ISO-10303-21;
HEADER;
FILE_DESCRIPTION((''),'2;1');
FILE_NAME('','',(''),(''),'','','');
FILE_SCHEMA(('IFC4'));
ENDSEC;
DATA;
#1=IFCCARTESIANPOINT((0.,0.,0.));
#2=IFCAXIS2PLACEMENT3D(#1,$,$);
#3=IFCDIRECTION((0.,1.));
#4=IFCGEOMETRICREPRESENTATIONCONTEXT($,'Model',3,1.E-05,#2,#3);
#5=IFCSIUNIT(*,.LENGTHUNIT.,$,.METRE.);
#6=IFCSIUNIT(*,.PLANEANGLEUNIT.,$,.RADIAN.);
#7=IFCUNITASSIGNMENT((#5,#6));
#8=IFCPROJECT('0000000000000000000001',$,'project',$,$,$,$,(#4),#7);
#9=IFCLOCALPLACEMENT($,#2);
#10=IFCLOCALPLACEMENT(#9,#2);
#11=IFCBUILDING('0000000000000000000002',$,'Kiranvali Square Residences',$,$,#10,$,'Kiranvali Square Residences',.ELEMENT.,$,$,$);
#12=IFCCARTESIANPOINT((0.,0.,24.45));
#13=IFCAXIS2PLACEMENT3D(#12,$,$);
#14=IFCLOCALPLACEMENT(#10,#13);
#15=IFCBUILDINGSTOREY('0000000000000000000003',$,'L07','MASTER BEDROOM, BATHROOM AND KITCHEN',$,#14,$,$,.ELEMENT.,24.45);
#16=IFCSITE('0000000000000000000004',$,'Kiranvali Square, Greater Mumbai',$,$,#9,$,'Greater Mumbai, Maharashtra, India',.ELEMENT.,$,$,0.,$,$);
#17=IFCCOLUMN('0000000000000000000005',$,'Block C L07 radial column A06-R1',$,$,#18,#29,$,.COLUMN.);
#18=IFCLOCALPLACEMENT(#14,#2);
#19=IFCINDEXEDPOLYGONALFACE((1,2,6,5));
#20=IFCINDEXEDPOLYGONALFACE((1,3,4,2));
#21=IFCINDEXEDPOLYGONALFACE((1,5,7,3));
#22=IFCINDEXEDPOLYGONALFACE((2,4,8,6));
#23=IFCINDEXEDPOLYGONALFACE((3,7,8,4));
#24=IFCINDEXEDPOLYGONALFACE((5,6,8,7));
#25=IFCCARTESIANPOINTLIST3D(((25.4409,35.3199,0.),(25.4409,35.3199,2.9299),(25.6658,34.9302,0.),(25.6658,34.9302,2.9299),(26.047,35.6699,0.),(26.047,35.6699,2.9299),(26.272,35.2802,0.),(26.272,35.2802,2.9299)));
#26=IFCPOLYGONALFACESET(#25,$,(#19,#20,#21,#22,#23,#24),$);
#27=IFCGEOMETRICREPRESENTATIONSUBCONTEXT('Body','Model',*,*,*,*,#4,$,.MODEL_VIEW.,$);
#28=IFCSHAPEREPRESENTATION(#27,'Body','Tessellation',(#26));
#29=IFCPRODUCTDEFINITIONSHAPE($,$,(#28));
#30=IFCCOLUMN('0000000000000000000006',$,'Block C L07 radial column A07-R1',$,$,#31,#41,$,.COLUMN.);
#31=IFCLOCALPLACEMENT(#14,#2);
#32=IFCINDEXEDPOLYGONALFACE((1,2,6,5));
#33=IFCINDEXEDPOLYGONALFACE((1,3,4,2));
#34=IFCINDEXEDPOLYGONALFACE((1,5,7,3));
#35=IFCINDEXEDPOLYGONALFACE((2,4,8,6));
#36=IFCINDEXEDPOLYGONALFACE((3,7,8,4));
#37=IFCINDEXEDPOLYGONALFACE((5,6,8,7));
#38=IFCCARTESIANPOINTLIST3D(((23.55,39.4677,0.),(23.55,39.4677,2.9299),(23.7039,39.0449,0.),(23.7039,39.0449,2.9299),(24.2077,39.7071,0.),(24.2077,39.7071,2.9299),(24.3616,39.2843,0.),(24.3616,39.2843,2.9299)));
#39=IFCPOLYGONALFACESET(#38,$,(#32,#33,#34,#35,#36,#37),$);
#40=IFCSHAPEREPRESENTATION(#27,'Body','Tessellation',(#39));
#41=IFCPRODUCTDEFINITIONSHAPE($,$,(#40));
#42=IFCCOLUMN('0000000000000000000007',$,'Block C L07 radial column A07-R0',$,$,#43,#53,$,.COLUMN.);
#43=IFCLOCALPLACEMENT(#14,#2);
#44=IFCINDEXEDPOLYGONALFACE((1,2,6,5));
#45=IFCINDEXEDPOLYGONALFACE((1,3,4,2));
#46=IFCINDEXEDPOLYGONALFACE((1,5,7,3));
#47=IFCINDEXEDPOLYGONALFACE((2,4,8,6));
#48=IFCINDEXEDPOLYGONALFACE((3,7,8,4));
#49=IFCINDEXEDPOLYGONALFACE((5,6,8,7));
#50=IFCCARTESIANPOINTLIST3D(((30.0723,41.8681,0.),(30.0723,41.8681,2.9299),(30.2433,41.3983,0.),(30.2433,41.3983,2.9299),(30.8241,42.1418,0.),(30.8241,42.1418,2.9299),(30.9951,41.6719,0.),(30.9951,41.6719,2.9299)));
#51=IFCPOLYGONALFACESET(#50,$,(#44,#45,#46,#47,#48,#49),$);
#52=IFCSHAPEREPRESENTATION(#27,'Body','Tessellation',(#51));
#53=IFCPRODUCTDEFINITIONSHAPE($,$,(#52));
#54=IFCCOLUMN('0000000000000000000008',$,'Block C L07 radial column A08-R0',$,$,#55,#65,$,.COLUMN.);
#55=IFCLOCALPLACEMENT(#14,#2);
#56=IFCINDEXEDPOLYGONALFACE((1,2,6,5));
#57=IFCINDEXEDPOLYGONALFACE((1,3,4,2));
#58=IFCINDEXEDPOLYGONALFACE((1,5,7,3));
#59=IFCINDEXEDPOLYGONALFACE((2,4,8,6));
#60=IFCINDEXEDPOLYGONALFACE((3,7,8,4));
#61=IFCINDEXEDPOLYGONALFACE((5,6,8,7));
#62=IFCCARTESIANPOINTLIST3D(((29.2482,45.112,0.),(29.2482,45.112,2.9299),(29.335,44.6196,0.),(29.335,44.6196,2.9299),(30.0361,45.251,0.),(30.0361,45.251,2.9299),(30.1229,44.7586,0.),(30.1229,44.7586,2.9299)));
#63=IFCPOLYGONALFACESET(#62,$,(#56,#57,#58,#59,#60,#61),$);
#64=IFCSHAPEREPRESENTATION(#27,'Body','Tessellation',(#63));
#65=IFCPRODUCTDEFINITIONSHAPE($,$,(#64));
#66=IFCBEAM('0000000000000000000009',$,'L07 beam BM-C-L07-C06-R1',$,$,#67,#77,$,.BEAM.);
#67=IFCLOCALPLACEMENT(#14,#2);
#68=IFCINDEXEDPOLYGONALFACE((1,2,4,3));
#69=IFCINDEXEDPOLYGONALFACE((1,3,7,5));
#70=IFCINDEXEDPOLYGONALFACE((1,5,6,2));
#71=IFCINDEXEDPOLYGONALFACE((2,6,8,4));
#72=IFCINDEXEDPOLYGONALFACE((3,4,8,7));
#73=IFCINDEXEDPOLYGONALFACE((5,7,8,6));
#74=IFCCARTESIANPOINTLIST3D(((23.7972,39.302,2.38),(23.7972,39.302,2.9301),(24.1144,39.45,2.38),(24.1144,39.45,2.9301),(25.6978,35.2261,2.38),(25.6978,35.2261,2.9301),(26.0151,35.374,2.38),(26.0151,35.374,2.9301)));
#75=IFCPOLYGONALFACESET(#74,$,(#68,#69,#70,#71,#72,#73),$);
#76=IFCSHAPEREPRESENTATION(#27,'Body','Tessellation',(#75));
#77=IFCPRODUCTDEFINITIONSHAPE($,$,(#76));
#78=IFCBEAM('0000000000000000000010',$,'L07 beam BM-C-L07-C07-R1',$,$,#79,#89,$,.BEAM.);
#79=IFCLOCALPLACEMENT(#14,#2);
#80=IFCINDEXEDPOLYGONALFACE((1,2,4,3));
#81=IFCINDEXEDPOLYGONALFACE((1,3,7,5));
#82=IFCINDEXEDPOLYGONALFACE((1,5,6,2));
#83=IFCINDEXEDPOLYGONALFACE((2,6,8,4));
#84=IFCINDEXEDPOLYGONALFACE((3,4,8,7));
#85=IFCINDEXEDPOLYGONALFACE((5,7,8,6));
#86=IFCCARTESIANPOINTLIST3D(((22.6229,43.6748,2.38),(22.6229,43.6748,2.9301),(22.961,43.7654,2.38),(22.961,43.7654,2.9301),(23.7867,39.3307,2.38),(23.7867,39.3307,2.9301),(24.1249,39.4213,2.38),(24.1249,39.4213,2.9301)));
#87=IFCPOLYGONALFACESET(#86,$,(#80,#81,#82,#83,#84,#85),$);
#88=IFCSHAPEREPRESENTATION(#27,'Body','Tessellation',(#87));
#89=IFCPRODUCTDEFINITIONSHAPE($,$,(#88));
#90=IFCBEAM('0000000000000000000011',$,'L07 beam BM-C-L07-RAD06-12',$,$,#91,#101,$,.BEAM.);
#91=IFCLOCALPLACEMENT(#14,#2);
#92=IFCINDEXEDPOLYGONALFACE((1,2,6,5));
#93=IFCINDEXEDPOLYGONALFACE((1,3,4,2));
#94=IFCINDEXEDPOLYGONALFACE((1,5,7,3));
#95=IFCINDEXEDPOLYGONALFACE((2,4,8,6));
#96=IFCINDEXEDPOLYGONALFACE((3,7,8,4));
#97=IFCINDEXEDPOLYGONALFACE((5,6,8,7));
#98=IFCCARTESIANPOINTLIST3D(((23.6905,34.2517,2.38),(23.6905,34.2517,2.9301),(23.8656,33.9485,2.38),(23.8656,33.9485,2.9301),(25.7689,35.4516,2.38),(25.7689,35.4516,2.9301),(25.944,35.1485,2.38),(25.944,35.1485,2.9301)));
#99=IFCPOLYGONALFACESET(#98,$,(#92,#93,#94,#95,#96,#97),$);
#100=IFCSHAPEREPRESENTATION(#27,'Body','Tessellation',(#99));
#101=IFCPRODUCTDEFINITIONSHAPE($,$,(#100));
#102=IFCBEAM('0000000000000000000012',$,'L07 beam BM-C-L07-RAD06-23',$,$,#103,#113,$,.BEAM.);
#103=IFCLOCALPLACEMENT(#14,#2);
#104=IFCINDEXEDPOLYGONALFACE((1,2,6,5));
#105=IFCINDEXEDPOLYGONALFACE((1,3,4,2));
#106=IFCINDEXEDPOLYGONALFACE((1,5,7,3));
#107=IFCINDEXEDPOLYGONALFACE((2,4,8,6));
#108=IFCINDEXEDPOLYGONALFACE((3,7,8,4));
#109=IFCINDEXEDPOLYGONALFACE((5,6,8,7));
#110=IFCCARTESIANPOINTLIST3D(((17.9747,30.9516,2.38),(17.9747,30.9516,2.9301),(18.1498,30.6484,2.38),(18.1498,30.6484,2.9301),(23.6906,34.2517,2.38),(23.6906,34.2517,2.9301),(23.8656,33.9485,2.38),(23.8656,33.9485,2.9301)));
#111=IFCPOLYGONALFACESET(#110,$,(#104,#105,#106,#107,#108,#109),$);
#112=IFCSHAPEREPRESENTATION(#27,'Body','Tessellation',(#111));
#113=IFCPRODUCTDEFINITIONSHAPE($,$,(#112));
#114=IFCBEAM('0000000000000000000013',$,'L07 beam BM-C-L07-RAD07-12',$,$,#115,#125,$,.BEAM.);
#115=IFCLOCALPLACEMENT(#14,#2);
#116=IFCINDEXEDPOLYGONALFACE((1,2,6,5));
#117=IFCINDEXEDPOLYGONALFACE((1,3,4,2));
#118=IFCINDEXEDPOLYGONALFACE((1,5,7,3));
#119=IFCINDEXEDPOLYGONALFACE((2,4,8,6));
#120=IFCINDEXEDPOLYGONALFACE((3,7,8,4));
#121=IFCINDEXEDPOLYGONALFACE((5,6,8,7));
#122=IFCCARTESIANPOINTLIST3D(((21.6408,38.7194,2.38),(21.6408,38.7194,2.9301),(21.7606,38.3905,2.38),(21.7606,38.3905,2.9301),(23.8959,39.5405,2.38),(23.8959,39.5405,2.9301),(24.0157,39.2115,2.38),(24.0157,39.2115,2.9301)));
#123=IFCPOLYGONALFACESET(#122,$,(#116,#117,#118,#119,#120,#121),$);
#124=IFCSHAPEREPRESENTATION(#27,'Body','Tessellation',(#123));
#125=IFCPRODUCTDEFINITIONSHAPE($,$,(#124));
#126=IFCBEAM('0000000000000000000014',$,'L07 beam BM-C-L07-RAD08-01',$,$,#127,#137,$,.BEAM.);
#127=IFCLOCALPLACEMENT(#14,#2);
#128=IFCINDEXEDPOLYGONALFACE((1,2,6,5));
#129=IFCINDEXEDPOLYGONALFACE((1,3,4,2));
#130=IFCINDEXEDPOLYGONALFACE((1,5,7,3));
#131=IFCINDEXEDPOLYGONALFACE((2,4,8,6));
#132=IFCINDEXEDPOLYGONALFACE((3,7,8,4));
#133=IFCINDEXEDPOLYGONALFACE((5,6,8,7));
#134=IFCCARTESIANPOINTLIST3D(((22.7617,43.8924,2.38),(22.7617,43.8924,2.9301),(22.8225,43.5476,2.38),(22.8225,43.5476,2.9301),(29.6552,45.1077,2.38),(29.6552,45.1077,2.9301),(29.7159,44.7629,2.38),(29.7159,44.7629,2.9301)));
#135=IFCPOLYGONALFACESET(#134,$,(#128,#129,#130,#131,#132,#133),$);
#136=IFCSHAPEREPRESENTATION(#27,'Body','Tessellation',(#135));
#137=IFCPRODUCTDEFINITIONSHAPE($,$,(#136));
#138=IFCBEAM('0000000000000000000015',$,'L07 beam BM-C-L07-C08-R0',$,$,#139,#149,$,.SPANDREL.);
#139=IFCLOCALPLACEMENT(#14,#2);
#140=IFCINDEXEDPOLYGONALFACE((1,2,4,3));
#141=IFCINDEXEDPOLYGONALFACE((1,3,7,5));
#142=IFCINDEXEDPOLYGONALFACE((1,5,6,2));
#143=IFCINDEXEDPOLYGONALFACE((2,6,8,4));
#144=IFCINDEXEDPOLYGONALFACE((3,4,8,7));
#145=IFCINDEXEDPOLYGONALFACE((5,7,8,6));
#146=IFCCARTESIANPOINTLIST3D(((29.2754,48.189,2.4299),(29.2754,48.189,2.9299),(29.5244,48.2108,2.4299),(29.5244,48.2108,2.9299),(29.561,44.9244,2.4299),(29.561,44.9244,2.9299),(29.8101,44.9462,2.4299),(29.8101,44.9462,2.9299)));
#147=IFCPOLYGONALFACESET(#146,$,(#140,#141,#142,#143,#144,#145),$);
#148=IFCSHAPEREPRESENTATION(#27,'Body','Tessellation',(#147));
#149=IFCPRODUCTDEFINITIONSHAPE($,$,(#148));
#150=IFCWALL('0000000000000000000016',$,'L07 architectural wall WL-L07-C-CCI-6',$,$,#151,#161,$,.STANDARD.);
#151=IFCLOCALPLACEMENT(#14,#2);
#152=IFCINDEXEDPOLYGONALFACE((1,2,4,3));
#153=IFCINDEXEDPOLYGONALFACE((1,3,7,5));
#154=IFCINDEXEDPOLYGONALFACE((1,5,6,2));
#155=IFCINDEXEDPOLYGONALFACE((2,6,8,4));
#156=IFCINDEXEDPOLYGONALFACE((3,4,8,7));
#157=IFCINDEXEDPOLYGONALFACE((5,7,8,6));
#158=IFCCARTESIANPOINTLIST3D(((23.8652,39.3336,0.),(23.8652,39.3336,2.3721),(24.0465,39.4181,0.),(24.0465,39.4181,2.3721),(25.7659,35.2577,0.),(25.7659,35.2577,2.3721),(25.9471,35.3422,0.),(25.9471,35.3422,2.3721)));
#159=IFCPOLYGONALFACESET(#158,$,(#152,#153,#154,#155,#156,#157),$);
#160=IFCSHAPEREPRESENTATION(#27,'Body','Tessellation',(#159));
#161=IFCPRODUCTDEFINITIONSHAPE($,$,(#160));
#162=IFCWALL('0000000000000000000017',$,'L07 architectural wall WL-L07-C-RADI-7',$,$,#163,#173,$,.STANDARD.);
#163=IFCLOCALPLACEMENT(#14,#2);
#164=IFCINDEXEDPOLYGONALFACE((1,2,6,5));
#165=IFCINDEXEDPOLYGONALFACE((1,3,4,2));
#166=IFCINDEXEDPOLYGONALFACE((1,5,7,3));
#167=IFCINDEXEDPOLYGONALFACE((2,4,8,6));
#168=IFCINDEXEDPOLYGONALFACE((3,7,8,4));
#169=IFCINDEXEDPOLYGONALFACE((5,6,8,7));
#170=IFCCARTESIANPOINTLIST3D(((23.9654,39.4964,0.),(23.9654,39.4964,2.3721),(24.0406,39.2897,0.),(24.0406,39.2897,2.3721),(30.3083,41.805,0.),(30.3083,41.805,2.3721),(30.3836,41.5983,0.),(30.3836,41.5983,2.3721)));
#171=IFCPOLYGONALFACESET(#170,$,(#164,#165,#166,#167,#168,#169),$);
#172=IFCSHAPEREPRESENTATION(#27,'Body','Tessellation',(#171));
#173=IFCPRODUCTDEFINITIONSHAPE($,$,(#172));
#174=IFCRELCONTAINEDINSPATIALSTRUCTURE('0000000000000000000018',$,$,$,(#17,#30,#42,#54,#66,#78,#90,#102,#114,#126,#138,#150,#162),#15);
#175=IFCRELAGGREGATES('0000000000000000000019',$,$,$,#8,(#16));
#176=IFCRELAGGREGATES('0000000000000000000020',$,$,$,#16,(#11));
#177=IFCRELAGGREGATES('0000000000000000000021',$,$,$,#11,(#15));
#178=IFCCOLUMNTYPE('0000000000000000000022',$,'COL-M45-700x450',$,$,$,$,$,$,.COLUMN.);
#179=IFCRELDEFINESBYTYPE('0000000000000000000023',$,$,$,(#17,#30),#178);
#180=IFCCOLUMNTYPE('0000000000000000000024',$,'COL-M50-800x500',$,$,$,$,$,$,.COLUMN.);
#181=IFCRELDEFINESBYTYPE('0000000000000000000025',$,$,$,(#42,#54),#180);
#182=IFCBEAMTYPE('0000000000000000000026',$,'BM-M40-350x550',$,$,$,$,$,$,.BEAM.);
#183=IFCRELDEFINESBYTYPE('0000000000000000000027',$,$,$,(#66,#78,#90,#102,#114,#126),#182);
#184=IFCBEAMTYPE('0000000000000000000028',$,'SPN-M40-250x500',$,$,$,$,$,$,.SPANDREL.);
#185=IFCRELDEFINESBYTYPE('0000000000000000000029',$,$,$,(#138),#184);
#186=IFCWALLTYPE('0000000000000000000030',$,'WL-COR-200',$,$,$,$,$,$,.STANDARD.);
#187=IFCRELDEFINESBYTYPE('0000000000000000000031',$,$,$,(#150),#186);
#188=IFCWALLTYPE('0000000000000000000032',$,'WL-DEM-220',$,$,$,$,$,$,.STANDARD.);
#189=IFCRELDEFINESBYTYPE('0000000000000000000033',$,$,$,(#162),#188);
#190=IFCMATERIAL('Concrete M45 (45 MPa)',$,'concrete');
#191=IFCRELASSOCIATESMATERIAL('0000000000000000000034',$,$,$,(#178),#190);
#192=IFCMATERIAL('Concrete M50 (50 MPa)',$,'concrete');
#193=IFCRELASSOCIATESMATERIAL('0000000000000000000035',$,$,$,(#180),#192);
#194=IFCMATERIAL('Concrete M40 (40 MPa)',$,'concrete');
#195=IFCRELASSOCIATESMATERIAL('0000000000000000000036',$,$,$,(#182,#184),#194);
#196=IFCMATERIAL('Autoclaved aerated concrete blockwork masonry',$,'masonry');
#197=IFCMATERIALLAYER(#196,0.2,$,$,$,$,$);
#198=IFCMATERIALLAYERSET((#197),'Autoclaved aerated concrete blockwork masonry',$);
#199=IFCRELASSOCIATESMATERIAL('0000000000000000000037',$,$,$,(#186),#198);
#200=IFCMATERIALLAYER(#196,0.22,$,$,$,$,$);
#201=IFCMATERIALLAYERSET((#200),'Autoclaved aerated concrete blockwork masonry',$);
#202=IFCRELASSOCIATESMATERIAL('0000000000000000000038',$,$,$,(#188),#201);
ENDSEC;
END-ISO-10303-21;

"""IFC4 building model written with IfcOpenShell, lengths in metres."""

from ifc_helpers import new_model, si_unit, direction, frame, frame_2d, origin, origin_2d, place, context, subcontext, project, spatial, rectangle, extrude, material, layer, layer_set, material_profile, profile_set, type_object, element, save


model = new_model("IFC4")

# Units and contexts
model_context = context("Model", 3, precision=1e-05, world=origin(), true_north=direction((0.0, 1.0)))
body_context = subcontext(model_context, "Body", "Model", "MODEL_VIEW")
ifc_project = project(units=[si_unit("LENGTHUNIT", "METRE"), si_unit("PLANEANGLEUNIT", "RADIAN")], contexts=[model_context])

# Site, building, storey
site_placement = place(None, origin())
site = spatial("IfcSite", under=ifc_project, at=site_placement, Name="Kiranvali Square, Greater Mumbai", LongName="Greater Mumbai, Maharashtra, India", CompositionType="ELEMENT", RefElevation=0.0)
building_placement = place(site_placement, origin())
building = spatial("IfcBuilding", under=site, at=building_placement, Name="Kiranvali Square Residences", LongName="Kiranvali Square Residences", CompositionType="ELEMENT")
storey_placement = place(building_placement, frame((0.0, 0.0, 24.45)))
storey = spatial("IfcBuildingStorey", under=building, at=storey_placement, Name="L07", Description="MASTER BEDROOM, BATHROOM AND KITCHEN", CompositionType="ELEMENT", Elevation=24.45)

# Columns
ifc_material_1 = material(Name="Concrete M45 (45 MPa)", Category="concrete")
ifc_material_profile_1 = material_profile(ifc_material_1, rectangle(XDim=0.45, YDim=0.7, at=origin_2d()), Name="RC 700x450")
ifc_profile_set_1 = profile_set([ifc_material_profile_1], Name="Concrete M45 (45 MPa)")
column_type_1 = type_object("IfcColumnType", Name="COL-M45-700x450", PredefinedType="COLUMN", material=ifc_profile_set_1)
for number, where, z_axis, x_axis, name in (
    (1, (25.8564, 35.3, 0.0), (0.0, 0.0, 1.0), (-0.5, 0.866025, 0.0), "Block C L07 radial column A06-R1"),
    (2, (23.9558, 39.376, 0.0), (0.0, 0.0, 1.0), (-0.34202, 0.939693, 0.0), "Block C L07 radial column A07-R1"),
):
    element("IfcColumn", number, at=place(storey_placement, frame(where, z_axis=z_axis, x_axis=x_axis)), inside=storey, type_object=column_type_1, Name=name, PredefinedType="COLUMN", context=body_context, shape_type="SweptSolid", body=[
        extrude(rectangle(XDim=0.45, YDim=0.7, at=origin_2d()), origin(), (0.0, 0.0, 1.0), 2.9299),
    ])
ifc_material_2 = material(Name="Concrete M50 (50 MPa)", Category="concrete")
ifc_material_profile_2 = material_profile(ifc_material_2, rectangle(XDim=0.5, YDim=0.8, at=origin_2d()), Name="RC 800x500")
ifc_profile_set_2 = profile_set([ifc_material_profile_2], Name="Concrete M50 (50 MPa)")
column_type_2 = type_object("IfcColumnType", Name="COL-M50-800x500", PredefinedType="COLUMN", material=ifc_profile_set_2)
for number, where, z_axis, x_axis, name in (
    (3, (30.5337, 41.77, 0.0), (0.0, 0.0, 1.0), (-0.34202, 0.939693, 0.0), "Block C L07 radial column A07-R0"),
    (4, (29.6855, 44.9353, 0.0), (0.0, 0.0, 1.0), (-0.173648, 0.984808, 0.0), "Block C L07 radial column A08-R0"),
):
    element("IfcColumn", number, at=place(storey_placement, frame(where, z_axis=z_axis, x_axis=x_axis)), inside=storey, type_object=column_type_2, Name=name, PredefinedType="COLUMN", context=body_context, shape_type="SweptSolid", body=[
        extrude(rectangle(XDim=0.5, YDim=0.8, at=origin_2d()), origin(), (0.0, 0.0, 1.0), 2.9299),
    ])

# Beams
ifc_material_3 = material(Name="Concrete M40 (40 MPa)", Category="concrete")
ifc_material_profile_3 = material_profile(ifc_material_3, rectangle(XDim=0.3501, YDim=0.55, at=origin_2d()), Name="RC 350x550")
ifc_profile_set_3 = profile_set([ifc_material_profile_3], Name="Concrete M40 (40 MPa)")
beam_type_1 = type_object("IfcBeamType", Name="BM-M40-350x550", PredefinedType="BEAM", material=ifc_profile_set_3)
for number, where, z_axis, x_axis, name in (
    (5, (25.8564, 35.3, 2.655), (-0.422618, 0.906308, 0.0), (-0.906308, -0.422618, 0.0), "L07 beam BM-C-L07-C06-R1"),
    (6, (23.9558, 39.376, 2.655), (-0.258788, 0.965934, 0.0), (-0.965934, -0.258788, 0.0), "L07 beam BM-C-L07-C07-R1"),
):
    element("IfcBeam", number, at=place(storey_placement, frame(where, z_axis=z_axis, x_axis=x_axis)), inside=storey, type_object=beam_type_1, Name=name, PredefinedType="BEAM", context=body_context, shape_type="SweptSolid", body=[
        extrude(rectangle(XDim=0.3501, YDim=0.55, at=origin_2d()), origin(), (0.0, 0.0, 1.0), 4.4973),
    ])
beam_1_placement = place(storey_placement, frame((25.8564, 35.3, 2.655), z_axis=(-0.866025, -0.500001, 0.0), x_axis=(0.500001, -0.866025, 0.0)))
element("IfcBeam", 7, at=beam_1_placement, inside=storey, type_object=beam_type_1, Name="L07 beam BM-C-L07-RAD06-12", PredefinedType="BEAM", context=body_context, shape_type="SweptSolid", body=[
    extrude(rectangle(XDim=0.3501, YDim=0.55, at=origin_2d()), origin(), (0.0, 0.0, 1.0), 2.3999),
])
beam_2_placement = place(storey_placement, frame((23.7781, 34.1001, 2.655), z_axis=(-0.866024, -0.500002, 0.0), x_axis=(0.500002, -0.866024, 0.0)))
element("IfcBeam", 8, at=beam_2_placement, inside=storey, type_object=beam_type_1, Name="L07 beam BM-C-L07-RAD06-23", PredefinedType="BEAM", context=body_context, shape_type="SweptSolid", body=[
    extrude(rectangle(XDim=0.3501, YDim=0.55, at=origin_2d()), origin(), (0.0, 0.0, 1.0), 6.6001),
])
beam_3_placement = place(storey_placement, frame((23.9558, 39.376, 2.655), z_axis=(-0.93966, -0.342111, 0.0), x_axis=(0.342111, -0.93966, 0.0)))
element("IfcBeam", 9, at=beam_3_placement, inside=storey, type_object=beam_type_1, Name="L07 beam BM-C-L07-RAD07-12", PredefinedType="BEAM", context=body_context, shape_type="SweptSolid", body=[
    extrude(rectangle(XDim=0.3501, YDim=0.55, at=origin_2d()), origin(), (0.0, 0.0, 1.0), 2.3999),
])
beam_4_placement = place(storey_placement, frame((29.6855, 44.9353, 2.655), z_axis=(-0.984812, -0.173622, 0.0), x_axis=(0.173622, -0.984812, 0.0)))
element("IfcBeam", 10, at=beam_4_placement, inside=storey, type_object=beam_type_1, Name="L07 beam BM-C-L07-RAD08-01", PredefinedType="BEAM", context=body_context, shape_type="SweptSolid", body=[
    extrude(rectangle(XDim=0.3501, YDim=0.55, at=origin_2d()), origin(), (0.0, 0.0, 1.0), 6.9998),
])
ifc_material_profile_4 = material_profile(ifc_material_3, rectangle(XDim=0.25, YDim=0.5, at=origin_2d()), Name="RC 250x500")
ifc_profile_set_4 = profile_set([ifc_material_profile_4], Name="Concrete M40 (40 MPa)")
beam_type_2 = type_object("IfcBeamType", Name="SPN-M40-250x500", PredefinedType="SPANDREL", material=ifc_profile_set_4)
beam_5_placement = place(storey_placement, frame((29.6855, 44.9353, 2.6799), z_axis=(-0.087163, 0.996194, 0.0), x_axis=(-0.996194, -0.087163, 0.0)))
element("IfcBeam", 11, at=beam_5_placement, inside=storey, type_object=beam_type_2, Name="L07 beam BM-C-L07-C08-R0", PredefinedType="SPANDREL", context=body_context, shape_type="SweptSolid", body=[
    extrude(rectangle(XDim=0.25, YDim=0.5, at=origin_2d()), origin(), (0.0, 0.0, 1.0), 3.2771),
])

# Wall
ifc_material_4 = material(Name="Autoclaved aerated concrete blockwork masonry", Category="masonry")
ifc_layer_1 = layer(ifc_material_4, 0.2)
ifc_layer_set_1 = layer_set([ifc_layer_1], Name="Autoclaved aerated concrete blockwork masonry")
wall_type_1 = type_object("IfcWallType", Name="WL-COR-200", PredefinedType="STANDARD", material=ifc_layer_set_1)
wall_1_placement = place(storey_placement, frame((25.8564, 35.3, 0.0), z_axis=(0.0, 0.0, 1.0), x_axis=(-0.422618, 0.906308, 0.0)))
element("IfcWall", 12, at=wall_1_placement, inside=storey, type_object=wall_type_1, Name="L07 architectural wall WL-L07-C-CCI-6", PredefinedType="STANDARD", context=body_context, shape_type="SweptSolid", body=[
    extrude(rectangle(XDim=4.4973, YDim=0.2, at=frame_2d((2.2485, 0.0))), origin(), (0.0, 0.0, 1.0), 2.3721),
])

# Wall
ifc_layer_2 = layer(ifc_material_4, 0.22)
ifc_layer_set_2 = layer_set([ifc_layer_2], Name="Autoclaved aerated concrete blockwork masonry")
wall_type_2 = type_object("IfcWallType", Name="WL-DEM-220", PredefinedType="STANDARD", material=ifc_layer_set_2)
wall_2_placement = place(storey_placement, frame((30.3459, 41.7017, 0.0), z_axis=(0.0, 0.0, 1.0), x_axis=(-0.939696, -0.34201, 0.0)))
element("IfcWall", 13, at=wall_2_placement, inside=storey, type_object=wall_type_2, Name="L07 architectural wall WL-L07-C-RADI-7", PredefinedType="STANDARD", context=body_context, shape_type="SweptSolid", body=[
    extrude(rectangle(XDim=6.75, YDim=0.22, at=frame_2d((3.375, 0.0))), origin(), (0.0, 0.0, 1.0), 2.3721),
])

save(model, "model.ifc")
